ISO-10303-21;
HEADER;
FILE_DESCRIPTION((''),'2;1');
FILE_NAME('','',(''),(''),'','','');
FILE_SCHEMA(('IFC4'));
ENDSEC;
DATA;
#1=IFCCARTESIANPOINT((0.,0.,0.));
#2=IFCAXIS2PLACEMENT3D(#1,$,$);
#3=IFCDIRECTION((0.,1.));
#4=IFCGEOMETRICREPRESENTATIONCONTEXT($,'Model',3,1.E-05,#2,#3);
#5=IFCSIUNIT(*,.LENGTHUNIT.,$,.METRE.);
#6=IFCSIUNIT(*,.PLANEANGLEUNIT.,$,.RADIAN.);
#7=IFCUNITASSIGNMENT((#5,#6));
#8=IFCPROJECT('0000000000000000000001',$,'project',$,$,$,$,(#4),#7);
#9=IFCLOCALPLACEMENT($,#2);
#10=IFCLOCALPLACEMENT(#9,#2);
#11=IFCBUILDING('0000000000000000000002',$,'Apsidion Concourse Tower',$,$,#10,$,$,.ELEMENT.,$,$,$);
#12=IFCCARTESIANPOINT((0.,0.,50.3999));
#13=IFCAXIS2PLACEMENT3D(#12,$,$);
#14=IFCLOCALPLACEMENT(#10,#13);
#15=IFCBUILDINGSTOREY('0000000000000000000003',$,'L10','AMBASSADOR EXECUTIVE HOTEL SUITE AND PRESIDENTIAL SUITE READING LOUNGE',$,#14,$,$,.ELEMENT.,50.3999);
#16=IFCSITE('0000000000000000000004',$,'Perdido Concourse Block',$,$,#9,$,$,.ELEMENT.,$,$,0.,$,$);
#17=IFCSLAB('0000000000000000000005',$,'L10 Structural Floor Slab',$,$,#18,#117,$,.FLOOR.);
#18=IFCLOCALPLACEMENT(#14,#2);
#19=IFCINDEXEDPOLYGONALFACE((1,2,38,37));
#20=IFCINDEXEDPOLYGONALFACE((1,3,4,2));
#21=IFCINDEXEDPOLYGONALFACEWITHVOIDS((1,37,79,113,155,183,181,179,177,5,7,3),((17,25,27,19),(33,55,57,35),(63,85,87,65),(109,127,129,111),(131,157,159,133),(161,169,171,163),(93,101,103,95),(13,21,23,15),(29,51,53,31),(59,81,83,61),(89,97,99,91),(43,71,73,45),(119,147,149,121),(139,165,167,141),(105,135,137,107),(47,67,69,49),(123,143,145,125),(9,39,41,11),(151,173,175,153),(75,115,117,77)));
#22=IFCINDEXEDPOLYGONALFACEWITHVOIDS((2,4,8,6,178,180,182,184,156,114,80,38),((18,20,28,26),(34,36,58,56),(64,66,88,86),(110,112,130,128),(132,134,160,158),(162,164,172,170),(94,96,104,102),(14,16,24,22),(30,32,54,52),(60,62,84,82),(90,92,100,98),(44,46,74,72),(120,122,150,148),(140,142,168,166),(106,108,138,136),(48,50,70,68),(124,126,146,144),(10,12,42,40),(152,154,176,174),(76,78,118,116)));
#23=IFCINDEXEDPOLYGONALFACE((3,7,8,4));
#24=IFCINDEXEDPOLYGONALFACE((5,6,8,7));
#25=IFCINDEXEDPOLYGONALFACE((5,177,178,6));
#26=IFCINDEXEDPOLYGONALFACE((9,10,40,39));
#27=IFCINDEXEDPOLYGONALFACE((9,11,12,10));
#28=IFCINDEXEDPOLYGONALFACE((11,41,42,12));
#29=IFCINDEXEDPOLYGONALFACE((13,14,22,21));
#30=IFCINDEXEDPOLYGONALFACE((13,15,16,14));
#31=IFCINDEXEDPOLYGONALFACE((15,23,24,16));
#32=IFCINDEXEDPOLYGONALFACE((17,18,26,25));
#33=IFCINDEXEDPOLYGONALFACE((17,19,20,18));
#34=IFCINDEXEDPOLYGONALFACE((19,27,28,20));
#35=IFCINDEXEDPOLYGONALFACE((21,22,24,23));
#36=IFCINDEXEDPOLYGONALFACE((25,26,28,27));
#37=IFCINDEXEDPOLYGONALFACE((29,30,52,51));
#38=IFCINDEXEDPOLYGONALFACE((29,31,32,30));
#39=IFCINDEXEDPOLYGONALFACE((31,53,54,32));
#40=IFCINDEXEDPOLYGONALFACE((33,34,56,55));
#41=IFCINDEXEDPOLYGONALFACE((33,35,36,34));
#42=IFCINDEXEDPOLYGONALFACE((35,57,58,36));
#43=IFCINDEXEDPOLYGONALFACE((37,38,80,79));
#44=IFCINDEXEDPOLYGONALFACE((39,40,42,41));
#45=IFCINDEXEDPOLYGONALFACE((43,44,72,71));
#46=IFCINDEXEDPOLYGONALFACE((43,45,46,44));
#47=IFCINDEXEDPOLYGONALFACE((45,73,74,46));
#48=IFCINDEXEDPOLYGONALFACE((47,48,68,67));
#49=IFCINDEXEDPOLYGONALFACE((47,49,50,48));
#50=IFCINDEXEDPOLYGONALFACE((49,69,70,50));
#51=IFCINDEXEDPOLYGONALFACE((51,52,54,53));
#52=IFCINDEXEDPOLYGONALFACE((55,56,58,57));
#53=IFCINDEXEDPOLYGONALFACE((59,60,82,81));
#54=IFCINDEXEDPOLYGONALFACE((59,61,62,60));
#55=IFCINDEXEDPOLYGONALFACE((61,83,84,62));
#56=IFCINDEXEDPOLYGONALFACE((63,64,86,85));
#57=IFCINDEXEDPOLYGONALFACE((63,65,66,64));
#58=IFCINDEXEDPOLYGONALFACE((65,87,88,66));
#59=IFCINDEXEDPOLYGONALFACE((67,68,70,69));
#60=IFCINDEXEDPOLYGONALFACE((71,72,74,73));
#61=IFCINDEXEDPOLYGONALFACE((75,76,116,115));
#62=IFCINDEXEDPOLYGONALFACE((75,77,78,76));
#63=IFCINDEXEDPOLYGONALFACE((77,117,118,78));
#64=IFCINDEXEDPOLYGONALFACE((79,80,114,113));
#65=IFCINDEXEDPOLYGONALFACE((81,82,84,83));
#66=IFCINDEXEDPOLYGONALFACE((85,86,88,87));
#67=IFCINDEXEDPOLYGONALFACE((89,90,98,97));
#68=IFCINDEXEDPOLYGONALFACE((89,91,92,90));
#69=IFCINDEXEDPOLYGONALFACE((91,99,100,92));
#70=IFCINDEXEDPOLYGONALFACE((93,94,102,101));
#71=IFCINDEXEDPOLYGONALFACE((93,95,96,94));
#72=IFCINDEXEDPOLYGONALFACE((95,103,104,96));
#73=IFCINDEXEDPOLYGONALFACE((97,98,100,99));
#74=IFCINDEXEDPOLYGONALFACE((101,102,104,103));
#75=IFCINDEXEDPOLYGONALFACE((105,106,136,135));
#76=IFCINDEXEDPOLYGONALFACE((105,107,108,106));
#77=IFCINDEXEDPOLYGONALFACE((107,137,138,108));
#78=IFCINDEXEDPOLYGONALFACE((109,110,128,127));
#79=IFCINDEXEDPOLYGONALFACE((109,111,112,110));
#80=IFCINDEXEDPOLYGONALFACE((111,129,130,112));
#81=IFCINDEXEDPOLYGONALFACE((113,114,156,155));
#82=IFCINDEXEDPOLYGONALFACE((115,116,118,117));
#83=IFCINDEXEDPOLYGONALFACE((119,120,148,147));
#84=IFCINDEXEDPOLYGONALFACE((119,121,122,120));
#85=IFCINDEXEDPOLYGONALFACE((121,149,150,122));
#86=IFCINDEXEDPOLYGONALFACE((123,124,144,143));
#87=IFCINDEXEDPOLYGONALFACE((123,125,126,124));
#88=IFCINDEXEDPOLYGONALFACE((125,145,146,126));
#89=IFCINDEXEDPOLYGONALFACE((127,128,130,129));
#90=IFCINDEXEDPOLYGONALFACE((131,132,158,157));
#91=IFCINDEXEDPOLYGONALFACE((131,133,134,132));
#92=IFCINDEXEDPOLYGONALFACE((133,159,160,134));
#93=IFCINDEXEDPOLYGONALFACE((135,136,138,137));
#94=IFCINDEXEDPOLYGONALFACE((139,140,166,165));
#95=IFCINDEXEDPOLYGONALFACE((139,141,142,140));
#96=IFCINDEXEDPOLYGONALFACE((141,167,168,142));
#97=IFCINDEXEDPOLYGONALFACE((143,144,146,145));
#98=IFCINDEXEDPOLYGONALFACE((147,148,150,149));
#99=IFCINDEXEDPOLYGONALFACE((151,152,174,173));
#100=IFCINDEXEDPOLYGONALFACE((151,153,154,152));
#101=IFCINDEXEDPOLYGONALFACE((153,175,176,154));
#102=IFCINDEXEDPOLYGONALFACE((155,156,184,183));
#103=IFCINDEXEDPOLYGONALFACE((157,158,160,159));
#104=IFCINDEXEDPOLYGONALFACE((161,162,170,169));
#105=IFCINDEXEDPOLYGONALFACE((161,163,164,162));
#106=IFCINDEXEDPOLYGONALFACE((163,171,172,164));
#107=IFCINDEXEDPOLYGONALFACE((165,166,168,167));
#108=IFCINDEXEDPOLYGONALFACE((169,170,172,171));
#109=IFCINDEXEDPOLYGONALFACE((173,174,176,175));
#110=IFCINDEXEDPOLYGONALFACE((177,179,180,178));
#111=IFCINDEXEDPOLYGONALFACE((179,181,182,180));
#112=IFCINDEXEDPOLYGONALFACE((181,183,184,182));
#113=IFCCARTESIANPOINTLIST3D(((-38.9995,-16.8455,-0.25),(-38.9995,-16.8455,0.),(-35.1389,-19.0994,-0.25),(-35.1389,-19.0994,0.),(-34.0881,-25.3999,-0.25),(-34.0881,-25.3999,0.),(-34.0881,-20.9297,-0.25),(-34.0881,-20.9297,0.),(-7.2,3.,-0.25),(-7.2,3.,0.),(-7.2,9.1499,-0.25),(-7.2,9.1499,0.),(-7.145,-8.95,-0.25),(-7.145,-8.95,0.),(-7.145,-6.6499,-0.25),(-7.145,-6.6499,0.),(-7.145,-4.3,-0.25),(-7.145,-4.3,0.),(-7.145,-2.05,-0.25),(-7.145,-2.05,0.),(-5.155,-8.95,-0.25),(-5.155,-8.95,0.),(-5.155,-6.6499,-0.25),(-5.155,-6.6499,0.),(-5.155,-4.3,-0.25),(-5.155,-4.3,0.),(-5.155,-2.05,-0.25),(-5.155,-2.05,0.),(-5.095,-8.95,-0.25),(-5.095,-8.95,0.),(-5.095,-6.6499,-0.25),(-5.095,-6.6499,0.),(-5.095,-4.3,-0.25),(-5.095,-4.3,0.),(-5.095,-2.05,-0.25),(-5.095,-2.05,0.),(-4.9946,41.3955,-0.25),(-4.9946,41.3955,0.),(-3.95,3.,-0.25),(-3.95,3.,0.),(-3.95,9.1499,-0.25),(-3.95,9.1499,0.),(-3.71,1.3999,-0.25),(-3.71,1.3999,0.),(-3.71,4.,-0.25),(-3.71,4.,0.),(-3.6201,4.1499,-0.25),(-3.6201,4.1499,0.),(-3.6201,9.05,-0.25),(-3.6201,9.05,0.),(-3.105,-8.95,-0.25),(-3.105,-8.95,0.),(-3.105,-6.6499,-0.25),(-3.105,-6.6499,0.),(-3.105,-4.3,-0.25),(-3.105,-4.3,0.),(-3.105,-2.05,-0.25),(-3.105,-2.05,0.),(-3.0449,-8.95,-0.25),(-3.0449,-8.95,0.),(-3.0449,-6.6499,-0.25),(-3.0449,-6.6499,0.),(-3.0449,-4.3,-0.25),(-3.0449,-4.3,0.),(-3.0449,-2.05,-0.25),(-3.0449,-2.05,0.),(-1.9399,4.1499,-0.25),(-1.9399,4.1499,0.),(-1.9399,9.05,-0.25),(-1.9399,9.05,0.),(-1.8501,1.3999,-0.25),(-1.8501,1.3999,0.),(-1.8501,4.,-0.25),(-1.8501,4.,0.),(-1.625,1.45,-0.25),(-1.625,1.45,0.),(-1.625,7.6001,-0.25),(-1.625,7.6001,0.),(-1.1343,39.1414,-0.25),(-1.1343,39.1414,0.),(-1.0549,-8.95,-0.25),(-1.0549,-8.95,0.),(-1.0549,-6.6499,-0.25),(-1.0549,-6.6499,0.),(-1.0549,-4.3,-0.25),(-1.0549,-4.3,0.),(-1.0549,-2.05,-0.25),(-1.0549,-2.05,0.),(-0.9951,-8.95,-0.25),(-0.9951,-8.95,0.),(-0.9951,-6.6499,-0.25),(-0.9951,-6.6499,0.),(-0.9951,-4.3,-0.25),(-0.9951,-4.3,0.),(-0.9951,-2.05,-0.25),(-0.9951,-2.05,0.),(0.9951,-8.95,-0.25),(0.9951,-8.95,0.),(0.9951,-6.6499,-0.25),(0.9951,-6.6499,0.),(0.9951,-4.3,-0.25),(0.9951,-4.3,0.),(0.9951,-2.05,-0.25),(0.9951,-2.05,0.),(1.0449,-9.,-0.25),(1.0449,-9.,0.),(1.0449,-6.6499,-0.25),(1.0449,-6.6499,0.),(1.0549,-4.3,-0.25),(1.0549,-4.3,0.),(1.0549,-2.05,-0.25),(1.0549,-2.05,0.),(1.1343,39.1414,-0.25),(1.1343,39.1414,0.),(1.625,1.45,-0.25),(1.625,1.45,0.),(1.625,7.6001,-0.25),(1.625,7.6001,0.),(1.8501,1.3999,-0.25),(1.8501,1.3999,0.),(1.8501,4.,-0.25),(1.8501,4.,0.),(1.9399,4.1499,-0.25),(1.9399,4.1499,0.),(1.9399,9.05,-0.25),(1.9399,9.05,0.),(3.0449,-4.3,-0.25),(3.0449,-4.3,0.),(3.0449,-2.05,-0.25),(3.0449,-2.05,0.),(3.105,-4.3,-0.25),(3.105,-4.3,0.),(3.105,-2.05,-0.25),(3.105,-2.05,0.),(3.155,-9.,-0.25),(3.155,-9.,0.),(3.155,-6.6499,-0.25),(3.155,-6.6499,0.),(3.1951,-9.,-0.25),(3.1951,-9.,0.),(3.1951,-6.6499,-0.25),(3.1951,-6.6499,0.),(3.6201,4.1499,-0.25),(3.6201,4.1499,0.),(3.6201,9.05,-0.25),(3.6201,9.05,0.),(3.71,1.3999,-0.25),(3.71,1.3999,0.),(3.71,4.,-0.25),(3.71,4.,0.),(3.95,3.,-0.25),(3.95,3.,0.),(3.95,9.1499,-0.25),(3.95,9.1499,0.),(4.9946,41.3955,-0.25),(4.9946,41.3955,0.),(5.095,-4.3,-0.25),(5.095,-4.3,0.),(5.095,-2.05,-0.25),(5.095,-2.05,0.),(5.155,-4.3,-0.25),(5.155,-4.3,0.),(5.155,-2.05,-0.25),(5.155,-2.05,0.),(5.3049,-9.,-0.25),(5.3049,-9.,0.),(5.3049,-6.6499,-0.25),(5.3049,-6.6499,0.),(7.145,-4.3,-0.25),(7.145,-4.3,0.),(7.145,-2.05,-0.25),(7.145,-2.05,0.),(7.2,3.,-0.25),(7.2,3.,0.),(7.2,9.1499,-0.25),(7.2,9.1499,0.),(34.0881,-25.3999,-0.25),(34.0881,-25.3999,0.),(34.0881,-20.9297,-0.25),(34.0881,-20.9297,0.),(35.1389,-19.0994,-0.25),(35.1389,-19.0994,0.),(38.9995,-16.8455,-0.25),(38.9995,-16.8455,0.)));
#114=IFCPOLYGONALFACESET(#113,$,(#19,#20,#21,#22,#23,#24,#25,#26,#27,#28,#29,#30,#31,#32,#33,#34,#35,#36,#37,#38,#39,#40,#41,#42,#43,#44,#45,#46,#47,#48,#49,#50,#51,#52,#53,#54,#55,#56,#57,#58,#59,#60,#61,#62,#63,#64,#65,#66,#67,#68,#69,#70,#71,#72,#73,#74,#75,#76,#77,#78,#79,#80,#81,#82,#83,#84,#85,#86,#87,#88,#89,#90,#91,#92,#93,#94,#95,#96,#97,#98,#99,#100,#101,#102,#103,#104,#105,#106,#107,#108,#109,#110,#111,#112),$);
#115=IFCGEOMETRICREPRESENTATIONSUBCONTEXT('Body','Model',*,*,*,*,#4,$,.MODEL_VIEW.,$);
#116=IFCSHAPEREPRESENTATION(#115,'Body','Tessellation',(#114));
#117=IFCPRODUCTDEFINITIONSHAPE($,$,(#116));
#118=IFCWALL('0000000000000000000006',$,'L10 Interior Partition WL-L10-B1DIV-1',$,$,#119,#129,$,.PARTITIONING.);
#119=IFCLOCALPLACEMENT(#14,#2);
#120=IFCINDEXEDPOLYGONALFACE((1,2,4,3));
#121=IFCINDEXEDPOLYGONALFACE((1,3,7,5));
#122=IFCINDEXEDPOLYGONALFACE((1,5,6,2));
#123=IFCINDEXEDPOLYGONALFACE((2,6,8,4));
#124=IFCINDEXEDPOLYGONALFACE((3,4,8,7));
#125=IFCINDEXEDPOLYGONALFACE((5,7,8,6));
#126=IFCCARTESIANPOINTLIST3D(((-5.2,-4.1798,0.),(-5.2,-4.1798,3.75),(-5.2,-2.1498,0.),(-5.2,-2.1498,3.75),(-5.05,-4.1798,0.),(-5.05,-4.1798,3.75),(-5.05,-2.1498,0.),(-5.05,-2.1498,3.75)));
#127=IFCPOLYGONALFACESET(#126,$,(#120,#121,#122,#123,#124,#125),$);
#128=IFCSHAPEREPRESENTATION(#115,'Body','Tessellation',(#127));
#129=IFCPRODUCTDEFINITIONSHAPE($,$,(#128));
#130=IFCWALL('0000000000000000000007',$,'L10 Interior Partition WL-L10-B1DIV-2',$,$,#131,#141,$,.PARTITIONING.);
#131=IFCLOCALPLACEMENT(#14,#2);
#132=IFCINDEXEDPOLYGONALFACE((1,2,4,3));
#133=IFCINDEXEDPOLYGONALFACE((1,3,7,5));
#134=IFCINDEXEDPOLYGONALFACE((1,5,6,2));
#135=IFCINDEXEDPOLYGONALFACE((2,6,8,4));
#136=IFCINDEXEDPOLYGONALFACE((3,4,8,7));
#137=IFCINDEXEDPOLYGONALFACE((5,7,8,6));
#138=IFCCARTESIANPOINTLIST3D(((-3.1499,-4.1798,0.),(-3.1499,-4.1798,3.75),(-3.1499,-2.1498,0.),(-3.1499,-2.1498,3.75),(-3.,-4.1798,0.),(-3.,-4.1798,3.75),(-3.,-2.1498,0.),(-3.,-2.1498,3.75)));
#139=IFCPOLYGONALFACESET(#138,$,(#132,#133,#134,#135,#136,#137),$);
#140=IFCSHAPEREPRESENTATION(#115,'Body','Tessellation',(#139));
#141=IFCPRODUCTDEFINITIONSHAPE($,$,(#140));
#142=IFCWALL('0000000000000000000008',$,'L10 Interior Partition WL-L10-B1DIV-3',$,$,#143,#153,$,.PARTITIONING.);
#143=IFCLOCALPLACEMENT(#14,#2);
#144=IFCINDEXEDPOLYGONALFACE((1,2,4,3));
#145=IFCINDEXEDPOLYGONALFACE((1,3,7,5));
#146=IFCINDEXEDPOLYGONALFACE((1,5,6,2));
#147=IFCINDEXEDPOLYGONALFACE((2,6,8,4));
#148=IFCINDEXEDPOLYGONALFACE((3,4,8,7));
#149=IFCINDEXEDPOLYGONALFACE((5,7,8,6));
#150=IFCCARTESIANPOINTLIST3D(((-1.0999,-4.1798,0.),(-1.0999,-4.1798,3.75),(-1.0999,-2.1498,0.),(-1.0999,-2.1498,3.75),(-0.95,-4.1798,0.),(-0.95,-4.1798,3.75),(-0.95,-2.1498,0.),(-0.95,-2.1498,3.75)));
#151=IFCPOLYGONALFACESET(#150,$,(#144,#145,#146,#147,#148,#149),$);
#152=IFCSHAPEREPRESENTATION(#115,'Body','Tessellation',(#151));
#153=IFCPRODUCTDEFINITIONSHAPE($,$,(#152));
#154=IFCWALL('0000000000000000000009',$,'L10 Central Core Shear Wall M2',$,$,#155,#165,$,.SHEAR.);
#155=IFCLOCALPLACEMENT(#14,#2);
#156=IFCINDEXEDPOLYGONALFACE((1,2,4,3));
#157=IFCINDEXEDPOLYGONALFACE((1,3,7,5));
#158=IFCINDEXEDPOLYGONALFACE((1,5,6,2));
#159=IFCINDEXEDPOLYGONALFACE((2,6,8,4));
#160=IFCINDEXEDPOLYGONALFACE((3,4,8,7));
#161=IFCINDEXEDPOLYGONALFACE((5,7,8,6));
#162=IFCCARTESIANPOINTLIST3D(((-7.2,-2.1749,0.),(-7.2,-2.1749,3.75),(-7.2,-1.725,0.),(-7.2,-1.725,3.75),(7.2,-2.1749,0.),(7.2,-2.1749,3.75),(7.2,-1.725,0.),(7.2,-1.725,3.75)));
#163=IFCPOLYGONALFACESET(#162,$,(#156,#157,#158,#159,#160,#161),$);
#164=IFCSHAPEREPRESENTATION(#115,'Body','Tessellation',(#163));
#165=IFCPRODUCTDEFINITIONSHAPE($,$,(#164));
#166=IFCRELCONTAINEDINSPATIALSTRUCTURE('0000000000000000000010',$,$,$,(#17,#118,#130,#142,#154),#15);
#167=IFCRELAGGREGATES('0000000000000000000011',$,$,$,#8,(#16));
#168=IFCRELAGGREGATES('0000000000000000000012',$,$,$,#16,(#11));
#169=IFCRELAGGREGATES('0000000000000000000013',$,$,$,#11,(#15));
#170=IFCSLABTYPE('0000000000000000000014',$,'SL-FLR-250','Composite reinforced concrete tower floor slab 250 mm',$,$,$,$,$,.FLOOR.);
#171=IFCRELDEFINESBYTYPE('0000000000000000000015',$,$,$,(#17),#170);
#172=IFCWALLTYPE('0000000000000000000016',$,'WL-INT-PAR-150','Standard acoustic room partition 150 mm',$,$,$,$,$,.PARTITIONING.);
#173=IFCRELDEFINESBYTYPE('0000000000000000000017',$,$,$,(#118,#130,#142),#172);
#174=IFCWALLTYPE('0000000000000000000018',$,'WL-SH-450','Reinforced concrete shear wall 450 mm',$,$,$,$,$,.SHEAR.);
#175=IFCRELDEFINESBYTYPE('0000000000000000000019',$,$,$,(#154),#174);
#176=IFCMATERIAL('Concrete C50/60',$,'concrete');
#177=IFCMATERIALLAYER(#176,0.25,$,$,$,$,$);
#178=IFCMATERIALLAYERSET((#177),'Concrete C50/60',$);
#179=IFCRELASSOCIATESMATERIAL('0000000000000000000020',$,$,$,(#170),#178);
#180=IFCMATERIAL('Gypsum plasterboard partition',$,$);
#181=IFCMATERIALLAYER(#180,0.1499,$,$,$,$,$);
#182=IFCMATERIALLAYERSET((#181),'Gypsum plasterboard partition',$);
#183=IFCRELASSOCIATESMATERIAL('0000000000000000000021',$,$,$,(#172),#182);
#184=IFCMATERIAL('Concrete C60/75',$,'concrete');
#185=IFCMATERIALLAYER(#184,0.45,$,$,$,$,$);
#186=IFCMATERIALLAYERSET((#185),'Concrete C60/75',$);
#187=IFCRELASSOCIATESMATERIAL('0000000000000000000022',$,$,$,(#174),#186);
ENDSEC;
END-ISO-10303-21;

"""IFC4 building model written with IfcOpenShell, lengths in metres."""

from ifc_helpers import new_model, si_unit, direction, frame, frame_2d, origin, place, context, subcontext, project, spatial, polyline, rectangle, outline, extrude, material, layer, layer_set, type_object, element, save


model = new_model("IFC4")

# Units and contexts
model_context = context("Model", 3, precision=1e-05, world=origin(), true_north=direction((0.0, 1.0)))
body_context = subcontext(model_context, "Body", "Model", "MODEL_VIEW")
ifc_project = project(units=[si_unit("LENGTHUNIT", "METRE"), si_unit("PLANEANGLEUNIT", "RADIAN")], contexts=[model_context])

# Site, building, storey
site_placement = place(None, origin())
site = spatial("IfcSite", under=ifc_project, at=site_placement, Name="Perdido Concourse Block", CompositionType="ELEMENT", RefElevation=0.0)
building_placement = place(site_placement, origin())
building = spatial("IfcBuilding", under=site, at=building_placement, Name="Apsidion Concourse Tower", CompositionType="ELEMENT")
storey_placement = place(building_placement, frame((0.0, 0.0, 50.3999)))
storey = spatial("IfcBuildingStorey", under=building, at=storey_placement, Name="L10", Description="AMBASSADOR EXECUTIVE HOTEL SUITE AND PRESIDENTIAL SUITE READING LOUNGE", CompositionType="ELEMENT", Elevation=50.3999)

# Shared definitions
ifc_material_1 = material(Name="Concrete C60/75", Category="concrete")

# Slab
ifc_material_2 = material(Name="Concrete C50/60", Category="concrete")
ifc_layer_1 = layer(ifc_material_2, 0.25)
ifc_layer_set_1 = layer_set([ifc_layer_1], Name="Concrete C50/60")
slab_type_1 = type_object("IfcSlabType", Name="SL-FLR-250", Description="Composite reinforced concrete tower floor slab 250 mm", PredefinedType="FLOOR", material=ifc_layer_set_1)
slab_1_placement = place(storey_placement, frame((0.0, 0.0, -0.25)))
element("IfcSlab", 1, at=slab_1_placement, inside=storey, type_object=slab_type_1, Name="L10 Structural Floor Slab", PredefinedType="FLOOR", context=body_context, shape_type="SweptSolid", body=[
    extrude(outline(polyline([(4.9946, 41.3955), (1.1343, 39.1414), (-1.1343, 39.1414), (-4.9946, 41.3955), (-38.9995, -16.8455), (-35.1389, -19.0994), (-34.0881, -20.9297), (-34.0881, -25.3999), (34.0881, -25.3999), (34.0881, -20.9297), (35.1389, -19.0994), (38.9995, -16.8455), (4.9946, 41.3955)]), holes=[polyline([(-3.95, 3.0), (-3.95, 9.1499), (-7.2, 9.1499), (-7.2, 3.0), (-3.95, 3.0)]), polyline([(7.2, 3.0), (7.2, 9.1499), (3.95, 9.1499), (3.95, 3.0), (7.2, 3.0)]), polyline([(-1.625, 7.6001), (-1.625, 1.45), (1.625, 1.45), (1.625, 7.6001), (-1.625, 7.6001)]), polyline([(-7.145, -4.3), (-5.155, -4.3), (-5.155, -2.05), (-7.145, -2.05), (-7.145, -4.3)]), polyline([(-5.095, -4.3), (-3.105, -4.3), (-3.105, -2.05), (-5.095, -2.05), (-5.095, -4.3)]), polyline([(-3.0449, -4.3), (-1.0549, -4.3), (-1.0549, -2.05), (-3.0449, -2.05), (-3.0449, -4.3)]), polyline([(-0.9951, -4.3), (0.9951, -4.3), (0.9951, -2.05), (-0.9951, -2.05), (-0.9951, -4.3)]), polyline([(1.0549, -4.3), (3.0449, -4.3), (3.0449, -2.05), (1.0549, -2.05), (1.0549, -4.3)]), polyline([(3.105, -4.3), (5.095, -4.3), (5.095, -2.05), (3.105, -2.05), (3.105, -4.3)]), polyline([(5.155, -4.3), (7.145, -4.3), (7.145, -2.05), (5.155, -2.05), (5.155, -4.3)]), polyline([(-7.145, -8.95), (-5.155, -8.95), (-5.155, -6.6499), (-7.145, -6.6499), (-7.145, -8.95)]), polyline([(-5.095, -8.95), (-3.105, -8.95), (-3.105, -6.6499), (-5.095, -6.6499), (-5.095, -8.95)]), polyline([(-3.0449, -8.95), (-1.0549, -8.95), (-1.0549, -6.6499), (-3.0449, -6.6499), (-3.0449, -8.95)]), polyline([(-0.9951, -8.95), (0.9951, -8.95), (0.9951, -6.6499), (-0.9951, -6.6499), (-0.9951, -8.95)]), polyline([(1.0449, -9.0), (3.155, -9.0), (3.155, -6.6499), (1.0449, -6.6499), (1.0449, -9.0)]), polyline([(3.1951, -9.0), (5.3049, -9.0), (5.3049, -6.6499), (3.1951, -6.6499), (3.1951, -9.0)]), polyline([(-3.71, 1.3999), (-1.8501, 1.3999), (-1.8501, 4.0), (-3.71, 4.0), (-3.71, 1.3999)]), polyline([(1.8501, 1.3999), (3.71, 1.3999), (3.71, 4.0), (1.8501, 4.0), (1.8501, 1.3999)]), polyline([(-3.6201, 4.1499), (-1.9399, 4.1499), (-1.9399, 9.05), (-3.6201, 9.05), (-3.6201, 4.1499)]), polyline([(1.9399, 4.1499), (3.6201, 4.1499), (3.6201, 9.05), (1.9399, 9.05), (1.9399, 4.1499)])]), origin(), (0.0, 0.0, 1.0), 0.25),
])

# Walls
ifc_material_3 = material(Name="Gypsum plasterboard partition")
ifc_layer_2 = layer(ifc_material_3, 0.1499)
ifc_layer_set_2 = layer_set([ifc_layer_2], Name="Gypsum plasterboard partition")
wall_type_1 = type_object("IfcWallType", Name="WL-INT-PAR-150", Description="Standard acoustic room partition 150 mm", PredefinedType="PARTITIONING", material=ifc_layer_set_2)
for number, where, z_axis, x_axis, name in (
    (2, (-5.125, -4.1799, 0.0), (0.0, 0.0, 1.0), (0.0, 1.0, 0.0), "L10 Interior Partition WL-L10-B1DIV-1"),
    (3, (-3.075, -4.1799, 0.0), (0.0, 0.0, 1.0), (0.0, 1.0, 0.0), "L10 Interior Partition WL-L10-B1DIV-2"),
    (4, (-1.0249, -4.1799, 0.0), (0.0, 0.0, 1.0), (0.0, 1.0, 0.0), "L10 Interior Partition WL-L10-B1DIV-3"),
):
    element("IfcWall", number, at=place(storey_placement, frame(where, z_axis=z_axis, x_axis=x_axis)), inside=storey, type_object=wall_type_1, Name=name, PredefinedType="PARTITIONING", context=body_context, shape_type="SweptSolid", body=[
        extrude(rectangle(XDim=2.03, YDim=0.1499, at=frame_2d((1.0151, 0.0))), origin(), (0.0, 0.0, 1.0), 3.75),
    ])

# Shared definitions
ifc_layer_3 = layer(ifc_material_1, 0.45)
ifc_layer_set_3 = layer_set([ifc_layer_3], Name="Concrete C60/75")
wall_type_2 = type_object("IfcWallType", Name="WL-SH-450", Description="Reinforced concrete shear wall 450 mm", PredefinedType="SHEAR", material=ifc_layer_set_3)

# Wall
wall_1_placement = place(storey_placement, frame((-7.2, -1.95, 0.0), z_axis=(0.0, 0.0, 1.0), x_axis=(1.0, 0.0, 0.0)))
element("IfcWall", 5, at=wall_1_placement, inside=storey, type_object=wall_type_2, Name="L10 Central Core Shear Wall M2", PredefinedType="SHEAR", context=body_context, shape_type="SweptSolid", body=[
    extrude(rectangle(XDim=14.3999, YDim=0.45, at=frame_2d((7.2, 0.0))), origin(), (0.0, 0.0, 1.0), 3.75),
])

save(model, "model.ifc")
